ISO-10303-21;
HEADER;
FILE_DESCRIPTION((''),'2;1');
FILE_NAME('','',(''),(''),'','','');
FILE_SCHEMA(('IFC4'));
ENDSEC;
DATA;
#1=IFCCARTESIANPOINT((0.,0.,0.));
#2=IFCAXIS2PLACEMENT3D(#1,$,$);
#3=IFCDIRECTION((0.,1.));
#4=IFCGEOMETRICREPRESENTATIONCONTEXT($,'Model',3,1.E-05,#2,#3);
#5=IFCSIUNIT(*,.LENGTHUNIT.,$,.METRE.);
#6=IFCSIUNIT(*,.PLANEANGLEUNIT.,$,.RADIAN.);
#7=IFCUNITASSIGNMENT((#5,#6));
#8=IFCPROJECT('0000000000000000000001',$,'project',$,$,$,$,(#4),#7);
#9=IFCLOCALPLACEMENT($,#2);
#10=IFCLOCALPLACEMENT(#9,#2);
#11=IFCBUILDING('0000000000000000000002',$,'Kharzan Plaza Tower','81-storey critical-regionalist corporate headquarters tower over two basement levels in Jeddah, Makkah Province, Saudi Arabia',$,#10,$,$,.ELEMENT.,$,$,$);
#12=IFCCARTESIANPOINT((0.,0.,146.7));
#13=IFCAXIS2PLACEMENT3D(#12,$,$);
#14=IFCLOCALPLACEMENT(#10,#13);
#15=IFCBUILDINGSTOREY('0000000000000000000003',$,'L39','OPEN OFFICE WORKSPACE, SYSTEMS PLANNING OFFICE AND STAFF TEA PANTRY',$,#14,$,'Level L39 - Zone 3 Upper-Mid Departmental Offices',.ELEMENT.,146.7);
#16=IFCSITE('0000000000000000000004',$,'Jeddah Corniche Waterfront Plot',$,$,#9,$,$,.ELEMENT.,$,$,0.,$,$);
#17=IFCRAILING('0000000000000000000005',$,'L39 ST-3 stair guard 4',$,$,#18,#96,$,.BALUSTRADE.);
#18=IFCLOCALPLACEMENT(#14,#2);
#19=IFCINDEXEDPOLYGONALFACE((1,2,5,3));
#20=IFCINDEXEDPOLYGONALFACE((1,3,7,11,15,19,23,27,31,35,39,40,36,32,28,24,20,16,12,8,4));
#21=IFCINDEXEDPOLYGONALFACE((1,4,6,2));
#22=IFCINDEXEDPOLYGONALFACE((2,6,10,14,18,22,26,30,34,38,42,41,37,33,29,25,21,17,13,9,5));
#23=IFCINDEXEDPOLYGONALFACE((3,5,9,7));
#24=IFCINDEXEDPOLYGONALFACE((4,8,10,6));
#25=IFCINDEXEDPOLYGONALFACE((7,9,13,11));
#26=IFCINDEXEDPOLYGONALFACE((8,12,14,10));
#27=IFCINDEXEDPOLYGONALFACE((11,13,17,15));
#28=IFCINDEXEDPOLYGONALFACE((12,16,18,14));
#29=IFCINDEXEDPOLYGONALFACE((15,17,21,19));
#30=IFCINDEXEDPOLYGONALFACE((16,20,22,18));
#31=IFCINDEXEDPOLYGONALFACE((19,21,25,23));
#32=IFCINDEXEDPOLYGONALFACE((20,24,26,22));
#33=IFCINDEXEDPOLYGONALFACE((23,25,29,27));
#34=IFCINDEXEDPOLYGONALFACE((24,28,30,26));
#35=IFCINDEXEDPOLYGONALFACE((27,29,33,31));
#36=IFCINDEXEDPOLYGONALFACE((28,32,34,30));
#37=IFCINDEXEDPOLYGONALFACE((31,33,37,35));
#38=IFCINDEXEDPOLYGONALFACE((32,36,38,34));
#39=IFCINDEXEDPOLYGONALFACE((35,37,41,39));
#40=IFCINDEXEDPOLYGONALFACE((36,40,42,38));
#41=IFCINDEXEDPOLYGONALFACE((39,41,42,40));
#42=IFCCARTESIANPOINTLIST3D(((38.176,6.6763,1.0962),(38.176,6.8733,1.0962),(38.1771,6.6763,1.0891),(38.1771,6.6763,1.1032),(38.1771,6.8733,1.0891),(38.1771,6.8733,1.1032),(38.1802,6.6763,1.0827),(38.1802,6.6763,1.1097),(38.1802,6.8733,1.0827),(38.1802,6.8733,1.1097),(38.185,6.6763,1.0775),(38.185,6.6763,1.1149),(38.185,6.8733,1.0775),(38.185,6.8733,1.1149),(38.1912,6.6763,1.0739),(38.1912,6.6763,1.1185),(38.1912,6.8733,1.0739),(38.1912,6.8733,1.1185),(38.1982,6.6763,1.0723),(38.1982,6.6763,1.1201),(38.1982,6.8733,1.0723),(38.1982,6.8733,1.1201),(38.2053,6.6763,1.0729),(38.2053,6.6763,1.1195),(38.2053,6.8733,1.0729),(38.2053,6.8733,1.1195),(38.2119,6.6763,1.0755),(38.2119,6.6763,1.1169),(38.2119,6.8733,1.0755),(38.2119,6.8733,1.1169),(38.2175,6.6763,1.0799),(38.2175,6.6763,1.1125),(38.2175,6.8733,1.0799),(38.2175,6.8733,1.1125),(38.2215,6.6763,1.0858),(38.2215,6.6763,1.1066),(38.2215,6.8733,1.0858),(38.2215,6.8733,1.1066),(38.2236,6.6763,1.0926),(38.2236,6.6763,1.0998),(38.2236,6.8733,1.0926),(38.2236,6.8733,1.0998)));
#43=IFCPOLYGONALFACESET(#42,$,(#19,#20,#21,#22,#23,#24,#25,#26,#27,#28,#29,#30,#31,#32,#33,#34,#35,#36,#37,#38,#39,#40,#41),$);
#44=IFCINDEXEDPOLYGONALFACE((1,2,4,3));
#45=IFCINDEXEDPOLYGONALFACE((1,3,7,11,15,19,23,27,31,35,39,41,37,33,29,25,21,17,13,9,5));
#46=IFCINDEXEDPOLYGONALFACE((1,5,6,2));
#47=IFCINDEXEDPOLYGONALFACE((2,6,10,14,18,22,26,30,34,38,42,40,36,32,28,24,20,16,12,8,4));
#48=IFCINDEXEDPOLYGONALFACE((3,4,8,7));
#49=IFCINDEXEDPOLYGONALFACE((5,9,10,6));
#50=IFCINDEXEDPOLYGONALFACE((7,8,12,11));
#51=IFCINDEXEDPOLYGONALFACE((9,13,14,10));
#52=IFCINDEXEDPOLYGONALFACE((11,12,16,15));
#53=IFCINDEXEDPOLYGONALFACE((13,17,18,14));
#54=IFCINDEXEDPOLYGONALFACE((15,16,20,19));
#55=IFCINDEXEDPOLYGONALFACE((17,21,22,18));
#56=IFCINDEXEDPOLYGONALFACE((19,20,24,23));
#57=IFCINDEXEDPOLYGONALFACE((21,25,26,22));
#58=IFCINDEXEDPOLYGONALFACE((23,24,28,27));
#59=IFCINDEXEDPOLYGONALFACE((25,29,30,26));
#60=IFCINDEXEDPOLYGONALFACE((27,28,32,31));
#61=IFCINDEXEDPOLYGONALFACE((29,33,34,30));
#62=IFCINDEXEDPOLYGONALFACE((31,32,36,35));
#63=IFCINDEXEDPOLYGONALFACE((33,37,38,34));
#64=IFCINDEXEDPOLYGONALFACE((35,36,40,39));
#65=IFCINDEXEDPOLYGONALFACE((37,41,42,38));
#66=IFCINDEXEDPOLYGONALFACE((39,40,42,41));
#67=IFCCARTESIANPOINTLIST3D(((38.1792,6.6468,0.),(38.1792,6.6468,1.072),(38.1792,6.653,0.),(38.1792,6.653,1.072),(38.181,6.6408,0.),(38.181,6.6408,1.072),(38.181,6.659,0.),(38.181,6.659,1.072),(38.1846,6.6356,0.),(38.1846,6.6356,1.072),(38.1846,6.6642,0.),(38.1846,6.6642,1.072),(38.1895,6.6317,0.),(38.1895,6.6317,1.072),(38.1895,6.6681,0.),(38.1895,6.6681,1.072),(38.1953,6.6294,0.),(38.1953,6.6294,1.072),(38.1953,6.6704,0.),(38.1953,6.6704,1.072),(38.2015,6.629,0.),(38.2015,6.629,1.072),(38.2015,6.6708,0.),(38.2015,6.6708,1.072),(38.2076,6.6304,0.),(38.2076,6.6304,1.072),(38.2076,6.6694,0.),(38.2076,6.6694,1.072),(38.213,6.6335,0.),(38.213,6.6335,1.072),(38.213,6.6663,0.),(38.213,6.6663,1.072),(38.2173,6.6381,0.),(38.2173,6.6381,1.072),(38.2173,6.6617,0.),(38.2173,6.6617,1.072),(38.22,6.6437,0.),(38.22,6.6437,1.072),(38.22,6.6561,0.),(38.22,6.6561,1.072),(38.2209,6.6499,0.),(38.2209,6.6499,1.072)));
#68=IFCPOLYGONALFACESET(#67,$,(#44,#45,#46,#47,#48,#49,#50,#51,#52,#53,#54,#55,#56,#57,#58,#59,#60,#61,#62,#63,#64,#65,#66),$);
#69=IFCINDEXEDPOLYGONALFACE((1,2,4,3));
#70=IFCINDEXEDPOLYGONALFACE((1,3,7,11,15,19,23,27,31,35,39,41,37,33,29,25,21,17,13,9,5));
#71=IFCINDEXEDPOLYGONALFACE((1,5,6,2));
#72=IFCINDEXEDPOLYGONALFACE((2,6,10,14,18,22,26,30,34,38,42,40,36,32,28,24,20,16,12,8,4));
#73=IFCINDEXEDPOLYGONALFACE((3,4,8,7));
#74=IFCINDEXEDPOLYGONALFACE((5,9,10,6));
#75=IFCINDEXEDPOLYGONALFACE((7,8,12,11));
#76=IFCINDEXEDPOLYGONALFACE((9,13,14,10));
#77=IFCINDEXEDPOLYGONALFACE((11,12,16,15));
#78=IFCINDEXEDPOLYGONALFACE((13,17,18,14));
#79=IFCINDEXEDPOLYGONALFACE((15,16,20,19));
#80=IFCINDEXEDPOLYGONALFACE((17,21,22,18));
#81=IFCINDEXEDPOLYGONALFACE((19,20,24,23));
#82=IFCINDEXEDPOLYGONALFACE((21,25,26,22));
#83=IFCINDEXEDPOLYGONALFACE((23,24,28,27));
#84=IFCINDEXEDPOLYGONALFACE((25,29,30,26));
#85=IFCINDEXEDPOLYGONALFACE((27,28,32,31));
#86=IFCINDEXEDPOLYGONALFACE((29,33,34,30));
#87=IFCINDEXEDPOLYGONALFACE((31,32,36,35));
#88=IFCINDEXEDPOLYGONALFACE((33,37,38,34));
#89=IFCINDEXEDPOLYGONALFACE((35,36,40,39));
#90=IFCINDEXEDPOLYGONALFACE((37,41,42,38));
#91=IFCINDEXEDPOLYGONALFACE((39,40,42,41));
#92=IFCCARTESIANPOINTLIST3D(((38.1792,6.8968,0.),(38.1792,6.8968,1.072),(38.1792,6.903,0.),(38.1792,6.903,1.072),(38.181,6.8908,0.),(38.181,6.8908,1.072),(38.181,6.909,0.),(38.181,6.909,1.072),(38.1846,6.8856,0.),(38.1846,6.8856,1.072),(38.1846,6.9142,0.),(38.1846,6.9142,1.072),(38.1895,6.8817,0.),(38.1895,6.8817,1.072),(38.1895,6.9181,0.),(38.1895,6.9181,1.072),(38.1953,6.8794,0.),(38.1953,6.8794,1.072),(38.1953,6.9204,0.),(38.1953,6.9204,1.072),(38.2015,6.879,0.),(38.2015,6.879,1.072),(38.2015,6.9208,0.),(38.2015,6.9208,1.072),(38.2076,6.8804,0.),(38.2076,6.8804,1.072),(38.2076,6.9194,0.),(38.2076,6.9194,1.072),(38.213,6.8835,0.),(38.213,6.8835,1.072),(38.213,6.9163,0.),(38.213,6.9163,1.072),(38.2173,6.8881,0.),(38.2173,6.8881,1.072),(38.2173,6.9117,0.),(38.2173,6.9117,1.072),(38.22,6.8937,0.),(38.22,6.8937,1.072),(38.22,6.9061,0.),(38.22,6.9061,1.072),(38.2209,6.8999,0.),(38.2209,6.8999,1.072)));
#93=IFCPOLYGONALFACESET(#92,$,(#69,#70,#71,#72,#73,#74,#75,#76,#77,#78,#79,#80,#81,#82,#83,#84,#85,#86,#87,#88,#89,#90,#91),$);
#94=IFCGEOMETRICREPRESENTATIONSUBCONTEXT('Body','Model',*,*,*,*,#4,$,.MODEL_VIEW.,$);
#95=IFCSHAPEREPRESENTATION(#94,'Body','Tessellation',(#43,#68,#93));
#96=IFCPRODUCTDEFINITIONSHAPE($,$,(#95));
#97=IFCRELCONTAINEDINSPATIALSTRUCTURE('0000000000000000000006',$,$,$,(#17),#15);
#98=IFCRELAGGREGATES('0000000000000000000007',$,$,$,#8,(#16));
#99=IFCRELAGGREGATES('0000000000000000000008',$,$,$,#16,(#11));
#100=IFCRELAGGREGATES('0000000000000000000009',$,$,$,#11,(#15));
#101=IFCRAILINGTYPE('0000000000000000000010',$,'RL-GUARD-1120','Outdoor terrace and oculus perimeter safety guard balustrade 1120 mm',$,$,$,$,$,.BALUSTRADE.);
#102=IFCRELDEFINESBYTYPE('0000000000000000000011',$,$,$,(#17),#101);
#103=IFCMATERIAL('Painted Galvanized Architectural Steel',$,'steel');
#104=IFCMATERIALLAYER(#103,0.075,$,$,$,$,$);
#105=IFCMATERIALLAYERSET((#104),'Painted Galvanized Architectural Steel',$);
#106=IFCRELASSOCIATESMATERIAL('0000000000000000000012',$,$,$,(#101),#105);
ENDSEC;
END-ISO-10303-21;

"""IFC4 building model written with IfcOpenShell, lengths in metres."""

from ifc_helpers import new_model, si_unit, direction, frame, origin, origin_2d, place, context, subcontext, project, spatial, circle, extrude, source, transform, mapped, material, layer, layer_set, type_object, element, save


model = new_model("IFC4")

# Units and contexts
model_context = context("Model", 3, precision=1e-05, world=origin(), true_north=direction((0.0, 1.0)))
body_context = subcontext(model_context, "Body", "Model", "MODEL_VIEW")
ifc_project = project(units=[si_unit("LENGTHUNIT", "METRE"), si_unit("PLANEANGLEUNIT", "RADIAN")], contexts=[model_context])

# Site, building, storey
site_placement = place(None, origin())
site = spatial("IfcSite", under=ifc_project, at=site_placement, Name="Jeddah Corniche Waterfront Plot", CompositionType="ELEMENT", RefElevation=0.0)
building_placement = place(site_placement, origin())
building = spatial("IfcBuilding", under=site, at=building_placement, Name="Kharzan Plaza Tower", Description="81-storey critical-regionalist corporate headquarters tower over two basement levels in Jeddah, Makkah Province, Saudi Arabia", CompositionType="ELEMENT")
storey_placement = place(building_placement, frame((0.0, 0.0, 146.7)))
storey = spatial("IfcBuildingStorey", under=building, at=storey_placement, Name="L39", Description="OPEN OFFICE WORKSPACE, SYSTEMS PLANNING OFFICE AND STAFF TEA PANTRY", LongName="Level L39 - Zone 3 Upper-Mid Departmental Offices", CompositionType="ELEMENT", Elevation=146.7)

# Railing
ifc_material_1 = material(Name="Painted Galvanized Architectural Steel", Category="steel")
ifc_layer_1 = layer(ifc_material_1, 0.075)
ifc_layer_set_1 = layer_set([ifc_layer_1], Name="Painted Galvanized Architectural Steel")
railing_type_1 = type_object("IfcRailingType", Name="RL-GUARD-1120", Description="Outdoor terrace and oculus perimeter safety guard balustrade 1120 mm", PredefinedType="BALUSTRADE", material=ifc_layer_set_1)
shared_shape_1 = source(origin(), body_context, "Body", "SweptSolid", [
    extrude(circle(Radius=0.0239, at=origin_2d()), frame((0.0, 0.0264, 1.0962), z_axis=(0.0, 1.0, 0.0), x_axis=(-1.0, 0.0, 0.0)), (0.0, 0.0, 1.0), 0.197),
    extrude(circle(Radius=0.021, at=origin_2d()), origin(), (0.0, 0.0, 1.0), 1.072),
    extrude(circle(Radius=0.021, at=origin_2d()), frame((0.0, 0.25, 0.0)), (0.0, 0.0, 1.0), 1.072),
])
railing_1_placement = place(storey_placement, frame((38.2, 6.6499, 0.0)))
element("IfcRailing", 1, at=railing_1_placement, inside=storey, type_object=railing_type_1, Name="L39 ST-3 stair guard 4", PredefinedType="BALUSTRADE", context=body_context, shape_type="MappedRepresentation", body=[
    mapped(shared_shape_1, transform((0.0, 0.0, 0.0), x_axis=(1.0, 0.0, 0.0), y_axis=(0.0, 1.0, 0.0), z_axis=(0.0, 0.0, 1.0))),
])

save(model, "model.ifc")
